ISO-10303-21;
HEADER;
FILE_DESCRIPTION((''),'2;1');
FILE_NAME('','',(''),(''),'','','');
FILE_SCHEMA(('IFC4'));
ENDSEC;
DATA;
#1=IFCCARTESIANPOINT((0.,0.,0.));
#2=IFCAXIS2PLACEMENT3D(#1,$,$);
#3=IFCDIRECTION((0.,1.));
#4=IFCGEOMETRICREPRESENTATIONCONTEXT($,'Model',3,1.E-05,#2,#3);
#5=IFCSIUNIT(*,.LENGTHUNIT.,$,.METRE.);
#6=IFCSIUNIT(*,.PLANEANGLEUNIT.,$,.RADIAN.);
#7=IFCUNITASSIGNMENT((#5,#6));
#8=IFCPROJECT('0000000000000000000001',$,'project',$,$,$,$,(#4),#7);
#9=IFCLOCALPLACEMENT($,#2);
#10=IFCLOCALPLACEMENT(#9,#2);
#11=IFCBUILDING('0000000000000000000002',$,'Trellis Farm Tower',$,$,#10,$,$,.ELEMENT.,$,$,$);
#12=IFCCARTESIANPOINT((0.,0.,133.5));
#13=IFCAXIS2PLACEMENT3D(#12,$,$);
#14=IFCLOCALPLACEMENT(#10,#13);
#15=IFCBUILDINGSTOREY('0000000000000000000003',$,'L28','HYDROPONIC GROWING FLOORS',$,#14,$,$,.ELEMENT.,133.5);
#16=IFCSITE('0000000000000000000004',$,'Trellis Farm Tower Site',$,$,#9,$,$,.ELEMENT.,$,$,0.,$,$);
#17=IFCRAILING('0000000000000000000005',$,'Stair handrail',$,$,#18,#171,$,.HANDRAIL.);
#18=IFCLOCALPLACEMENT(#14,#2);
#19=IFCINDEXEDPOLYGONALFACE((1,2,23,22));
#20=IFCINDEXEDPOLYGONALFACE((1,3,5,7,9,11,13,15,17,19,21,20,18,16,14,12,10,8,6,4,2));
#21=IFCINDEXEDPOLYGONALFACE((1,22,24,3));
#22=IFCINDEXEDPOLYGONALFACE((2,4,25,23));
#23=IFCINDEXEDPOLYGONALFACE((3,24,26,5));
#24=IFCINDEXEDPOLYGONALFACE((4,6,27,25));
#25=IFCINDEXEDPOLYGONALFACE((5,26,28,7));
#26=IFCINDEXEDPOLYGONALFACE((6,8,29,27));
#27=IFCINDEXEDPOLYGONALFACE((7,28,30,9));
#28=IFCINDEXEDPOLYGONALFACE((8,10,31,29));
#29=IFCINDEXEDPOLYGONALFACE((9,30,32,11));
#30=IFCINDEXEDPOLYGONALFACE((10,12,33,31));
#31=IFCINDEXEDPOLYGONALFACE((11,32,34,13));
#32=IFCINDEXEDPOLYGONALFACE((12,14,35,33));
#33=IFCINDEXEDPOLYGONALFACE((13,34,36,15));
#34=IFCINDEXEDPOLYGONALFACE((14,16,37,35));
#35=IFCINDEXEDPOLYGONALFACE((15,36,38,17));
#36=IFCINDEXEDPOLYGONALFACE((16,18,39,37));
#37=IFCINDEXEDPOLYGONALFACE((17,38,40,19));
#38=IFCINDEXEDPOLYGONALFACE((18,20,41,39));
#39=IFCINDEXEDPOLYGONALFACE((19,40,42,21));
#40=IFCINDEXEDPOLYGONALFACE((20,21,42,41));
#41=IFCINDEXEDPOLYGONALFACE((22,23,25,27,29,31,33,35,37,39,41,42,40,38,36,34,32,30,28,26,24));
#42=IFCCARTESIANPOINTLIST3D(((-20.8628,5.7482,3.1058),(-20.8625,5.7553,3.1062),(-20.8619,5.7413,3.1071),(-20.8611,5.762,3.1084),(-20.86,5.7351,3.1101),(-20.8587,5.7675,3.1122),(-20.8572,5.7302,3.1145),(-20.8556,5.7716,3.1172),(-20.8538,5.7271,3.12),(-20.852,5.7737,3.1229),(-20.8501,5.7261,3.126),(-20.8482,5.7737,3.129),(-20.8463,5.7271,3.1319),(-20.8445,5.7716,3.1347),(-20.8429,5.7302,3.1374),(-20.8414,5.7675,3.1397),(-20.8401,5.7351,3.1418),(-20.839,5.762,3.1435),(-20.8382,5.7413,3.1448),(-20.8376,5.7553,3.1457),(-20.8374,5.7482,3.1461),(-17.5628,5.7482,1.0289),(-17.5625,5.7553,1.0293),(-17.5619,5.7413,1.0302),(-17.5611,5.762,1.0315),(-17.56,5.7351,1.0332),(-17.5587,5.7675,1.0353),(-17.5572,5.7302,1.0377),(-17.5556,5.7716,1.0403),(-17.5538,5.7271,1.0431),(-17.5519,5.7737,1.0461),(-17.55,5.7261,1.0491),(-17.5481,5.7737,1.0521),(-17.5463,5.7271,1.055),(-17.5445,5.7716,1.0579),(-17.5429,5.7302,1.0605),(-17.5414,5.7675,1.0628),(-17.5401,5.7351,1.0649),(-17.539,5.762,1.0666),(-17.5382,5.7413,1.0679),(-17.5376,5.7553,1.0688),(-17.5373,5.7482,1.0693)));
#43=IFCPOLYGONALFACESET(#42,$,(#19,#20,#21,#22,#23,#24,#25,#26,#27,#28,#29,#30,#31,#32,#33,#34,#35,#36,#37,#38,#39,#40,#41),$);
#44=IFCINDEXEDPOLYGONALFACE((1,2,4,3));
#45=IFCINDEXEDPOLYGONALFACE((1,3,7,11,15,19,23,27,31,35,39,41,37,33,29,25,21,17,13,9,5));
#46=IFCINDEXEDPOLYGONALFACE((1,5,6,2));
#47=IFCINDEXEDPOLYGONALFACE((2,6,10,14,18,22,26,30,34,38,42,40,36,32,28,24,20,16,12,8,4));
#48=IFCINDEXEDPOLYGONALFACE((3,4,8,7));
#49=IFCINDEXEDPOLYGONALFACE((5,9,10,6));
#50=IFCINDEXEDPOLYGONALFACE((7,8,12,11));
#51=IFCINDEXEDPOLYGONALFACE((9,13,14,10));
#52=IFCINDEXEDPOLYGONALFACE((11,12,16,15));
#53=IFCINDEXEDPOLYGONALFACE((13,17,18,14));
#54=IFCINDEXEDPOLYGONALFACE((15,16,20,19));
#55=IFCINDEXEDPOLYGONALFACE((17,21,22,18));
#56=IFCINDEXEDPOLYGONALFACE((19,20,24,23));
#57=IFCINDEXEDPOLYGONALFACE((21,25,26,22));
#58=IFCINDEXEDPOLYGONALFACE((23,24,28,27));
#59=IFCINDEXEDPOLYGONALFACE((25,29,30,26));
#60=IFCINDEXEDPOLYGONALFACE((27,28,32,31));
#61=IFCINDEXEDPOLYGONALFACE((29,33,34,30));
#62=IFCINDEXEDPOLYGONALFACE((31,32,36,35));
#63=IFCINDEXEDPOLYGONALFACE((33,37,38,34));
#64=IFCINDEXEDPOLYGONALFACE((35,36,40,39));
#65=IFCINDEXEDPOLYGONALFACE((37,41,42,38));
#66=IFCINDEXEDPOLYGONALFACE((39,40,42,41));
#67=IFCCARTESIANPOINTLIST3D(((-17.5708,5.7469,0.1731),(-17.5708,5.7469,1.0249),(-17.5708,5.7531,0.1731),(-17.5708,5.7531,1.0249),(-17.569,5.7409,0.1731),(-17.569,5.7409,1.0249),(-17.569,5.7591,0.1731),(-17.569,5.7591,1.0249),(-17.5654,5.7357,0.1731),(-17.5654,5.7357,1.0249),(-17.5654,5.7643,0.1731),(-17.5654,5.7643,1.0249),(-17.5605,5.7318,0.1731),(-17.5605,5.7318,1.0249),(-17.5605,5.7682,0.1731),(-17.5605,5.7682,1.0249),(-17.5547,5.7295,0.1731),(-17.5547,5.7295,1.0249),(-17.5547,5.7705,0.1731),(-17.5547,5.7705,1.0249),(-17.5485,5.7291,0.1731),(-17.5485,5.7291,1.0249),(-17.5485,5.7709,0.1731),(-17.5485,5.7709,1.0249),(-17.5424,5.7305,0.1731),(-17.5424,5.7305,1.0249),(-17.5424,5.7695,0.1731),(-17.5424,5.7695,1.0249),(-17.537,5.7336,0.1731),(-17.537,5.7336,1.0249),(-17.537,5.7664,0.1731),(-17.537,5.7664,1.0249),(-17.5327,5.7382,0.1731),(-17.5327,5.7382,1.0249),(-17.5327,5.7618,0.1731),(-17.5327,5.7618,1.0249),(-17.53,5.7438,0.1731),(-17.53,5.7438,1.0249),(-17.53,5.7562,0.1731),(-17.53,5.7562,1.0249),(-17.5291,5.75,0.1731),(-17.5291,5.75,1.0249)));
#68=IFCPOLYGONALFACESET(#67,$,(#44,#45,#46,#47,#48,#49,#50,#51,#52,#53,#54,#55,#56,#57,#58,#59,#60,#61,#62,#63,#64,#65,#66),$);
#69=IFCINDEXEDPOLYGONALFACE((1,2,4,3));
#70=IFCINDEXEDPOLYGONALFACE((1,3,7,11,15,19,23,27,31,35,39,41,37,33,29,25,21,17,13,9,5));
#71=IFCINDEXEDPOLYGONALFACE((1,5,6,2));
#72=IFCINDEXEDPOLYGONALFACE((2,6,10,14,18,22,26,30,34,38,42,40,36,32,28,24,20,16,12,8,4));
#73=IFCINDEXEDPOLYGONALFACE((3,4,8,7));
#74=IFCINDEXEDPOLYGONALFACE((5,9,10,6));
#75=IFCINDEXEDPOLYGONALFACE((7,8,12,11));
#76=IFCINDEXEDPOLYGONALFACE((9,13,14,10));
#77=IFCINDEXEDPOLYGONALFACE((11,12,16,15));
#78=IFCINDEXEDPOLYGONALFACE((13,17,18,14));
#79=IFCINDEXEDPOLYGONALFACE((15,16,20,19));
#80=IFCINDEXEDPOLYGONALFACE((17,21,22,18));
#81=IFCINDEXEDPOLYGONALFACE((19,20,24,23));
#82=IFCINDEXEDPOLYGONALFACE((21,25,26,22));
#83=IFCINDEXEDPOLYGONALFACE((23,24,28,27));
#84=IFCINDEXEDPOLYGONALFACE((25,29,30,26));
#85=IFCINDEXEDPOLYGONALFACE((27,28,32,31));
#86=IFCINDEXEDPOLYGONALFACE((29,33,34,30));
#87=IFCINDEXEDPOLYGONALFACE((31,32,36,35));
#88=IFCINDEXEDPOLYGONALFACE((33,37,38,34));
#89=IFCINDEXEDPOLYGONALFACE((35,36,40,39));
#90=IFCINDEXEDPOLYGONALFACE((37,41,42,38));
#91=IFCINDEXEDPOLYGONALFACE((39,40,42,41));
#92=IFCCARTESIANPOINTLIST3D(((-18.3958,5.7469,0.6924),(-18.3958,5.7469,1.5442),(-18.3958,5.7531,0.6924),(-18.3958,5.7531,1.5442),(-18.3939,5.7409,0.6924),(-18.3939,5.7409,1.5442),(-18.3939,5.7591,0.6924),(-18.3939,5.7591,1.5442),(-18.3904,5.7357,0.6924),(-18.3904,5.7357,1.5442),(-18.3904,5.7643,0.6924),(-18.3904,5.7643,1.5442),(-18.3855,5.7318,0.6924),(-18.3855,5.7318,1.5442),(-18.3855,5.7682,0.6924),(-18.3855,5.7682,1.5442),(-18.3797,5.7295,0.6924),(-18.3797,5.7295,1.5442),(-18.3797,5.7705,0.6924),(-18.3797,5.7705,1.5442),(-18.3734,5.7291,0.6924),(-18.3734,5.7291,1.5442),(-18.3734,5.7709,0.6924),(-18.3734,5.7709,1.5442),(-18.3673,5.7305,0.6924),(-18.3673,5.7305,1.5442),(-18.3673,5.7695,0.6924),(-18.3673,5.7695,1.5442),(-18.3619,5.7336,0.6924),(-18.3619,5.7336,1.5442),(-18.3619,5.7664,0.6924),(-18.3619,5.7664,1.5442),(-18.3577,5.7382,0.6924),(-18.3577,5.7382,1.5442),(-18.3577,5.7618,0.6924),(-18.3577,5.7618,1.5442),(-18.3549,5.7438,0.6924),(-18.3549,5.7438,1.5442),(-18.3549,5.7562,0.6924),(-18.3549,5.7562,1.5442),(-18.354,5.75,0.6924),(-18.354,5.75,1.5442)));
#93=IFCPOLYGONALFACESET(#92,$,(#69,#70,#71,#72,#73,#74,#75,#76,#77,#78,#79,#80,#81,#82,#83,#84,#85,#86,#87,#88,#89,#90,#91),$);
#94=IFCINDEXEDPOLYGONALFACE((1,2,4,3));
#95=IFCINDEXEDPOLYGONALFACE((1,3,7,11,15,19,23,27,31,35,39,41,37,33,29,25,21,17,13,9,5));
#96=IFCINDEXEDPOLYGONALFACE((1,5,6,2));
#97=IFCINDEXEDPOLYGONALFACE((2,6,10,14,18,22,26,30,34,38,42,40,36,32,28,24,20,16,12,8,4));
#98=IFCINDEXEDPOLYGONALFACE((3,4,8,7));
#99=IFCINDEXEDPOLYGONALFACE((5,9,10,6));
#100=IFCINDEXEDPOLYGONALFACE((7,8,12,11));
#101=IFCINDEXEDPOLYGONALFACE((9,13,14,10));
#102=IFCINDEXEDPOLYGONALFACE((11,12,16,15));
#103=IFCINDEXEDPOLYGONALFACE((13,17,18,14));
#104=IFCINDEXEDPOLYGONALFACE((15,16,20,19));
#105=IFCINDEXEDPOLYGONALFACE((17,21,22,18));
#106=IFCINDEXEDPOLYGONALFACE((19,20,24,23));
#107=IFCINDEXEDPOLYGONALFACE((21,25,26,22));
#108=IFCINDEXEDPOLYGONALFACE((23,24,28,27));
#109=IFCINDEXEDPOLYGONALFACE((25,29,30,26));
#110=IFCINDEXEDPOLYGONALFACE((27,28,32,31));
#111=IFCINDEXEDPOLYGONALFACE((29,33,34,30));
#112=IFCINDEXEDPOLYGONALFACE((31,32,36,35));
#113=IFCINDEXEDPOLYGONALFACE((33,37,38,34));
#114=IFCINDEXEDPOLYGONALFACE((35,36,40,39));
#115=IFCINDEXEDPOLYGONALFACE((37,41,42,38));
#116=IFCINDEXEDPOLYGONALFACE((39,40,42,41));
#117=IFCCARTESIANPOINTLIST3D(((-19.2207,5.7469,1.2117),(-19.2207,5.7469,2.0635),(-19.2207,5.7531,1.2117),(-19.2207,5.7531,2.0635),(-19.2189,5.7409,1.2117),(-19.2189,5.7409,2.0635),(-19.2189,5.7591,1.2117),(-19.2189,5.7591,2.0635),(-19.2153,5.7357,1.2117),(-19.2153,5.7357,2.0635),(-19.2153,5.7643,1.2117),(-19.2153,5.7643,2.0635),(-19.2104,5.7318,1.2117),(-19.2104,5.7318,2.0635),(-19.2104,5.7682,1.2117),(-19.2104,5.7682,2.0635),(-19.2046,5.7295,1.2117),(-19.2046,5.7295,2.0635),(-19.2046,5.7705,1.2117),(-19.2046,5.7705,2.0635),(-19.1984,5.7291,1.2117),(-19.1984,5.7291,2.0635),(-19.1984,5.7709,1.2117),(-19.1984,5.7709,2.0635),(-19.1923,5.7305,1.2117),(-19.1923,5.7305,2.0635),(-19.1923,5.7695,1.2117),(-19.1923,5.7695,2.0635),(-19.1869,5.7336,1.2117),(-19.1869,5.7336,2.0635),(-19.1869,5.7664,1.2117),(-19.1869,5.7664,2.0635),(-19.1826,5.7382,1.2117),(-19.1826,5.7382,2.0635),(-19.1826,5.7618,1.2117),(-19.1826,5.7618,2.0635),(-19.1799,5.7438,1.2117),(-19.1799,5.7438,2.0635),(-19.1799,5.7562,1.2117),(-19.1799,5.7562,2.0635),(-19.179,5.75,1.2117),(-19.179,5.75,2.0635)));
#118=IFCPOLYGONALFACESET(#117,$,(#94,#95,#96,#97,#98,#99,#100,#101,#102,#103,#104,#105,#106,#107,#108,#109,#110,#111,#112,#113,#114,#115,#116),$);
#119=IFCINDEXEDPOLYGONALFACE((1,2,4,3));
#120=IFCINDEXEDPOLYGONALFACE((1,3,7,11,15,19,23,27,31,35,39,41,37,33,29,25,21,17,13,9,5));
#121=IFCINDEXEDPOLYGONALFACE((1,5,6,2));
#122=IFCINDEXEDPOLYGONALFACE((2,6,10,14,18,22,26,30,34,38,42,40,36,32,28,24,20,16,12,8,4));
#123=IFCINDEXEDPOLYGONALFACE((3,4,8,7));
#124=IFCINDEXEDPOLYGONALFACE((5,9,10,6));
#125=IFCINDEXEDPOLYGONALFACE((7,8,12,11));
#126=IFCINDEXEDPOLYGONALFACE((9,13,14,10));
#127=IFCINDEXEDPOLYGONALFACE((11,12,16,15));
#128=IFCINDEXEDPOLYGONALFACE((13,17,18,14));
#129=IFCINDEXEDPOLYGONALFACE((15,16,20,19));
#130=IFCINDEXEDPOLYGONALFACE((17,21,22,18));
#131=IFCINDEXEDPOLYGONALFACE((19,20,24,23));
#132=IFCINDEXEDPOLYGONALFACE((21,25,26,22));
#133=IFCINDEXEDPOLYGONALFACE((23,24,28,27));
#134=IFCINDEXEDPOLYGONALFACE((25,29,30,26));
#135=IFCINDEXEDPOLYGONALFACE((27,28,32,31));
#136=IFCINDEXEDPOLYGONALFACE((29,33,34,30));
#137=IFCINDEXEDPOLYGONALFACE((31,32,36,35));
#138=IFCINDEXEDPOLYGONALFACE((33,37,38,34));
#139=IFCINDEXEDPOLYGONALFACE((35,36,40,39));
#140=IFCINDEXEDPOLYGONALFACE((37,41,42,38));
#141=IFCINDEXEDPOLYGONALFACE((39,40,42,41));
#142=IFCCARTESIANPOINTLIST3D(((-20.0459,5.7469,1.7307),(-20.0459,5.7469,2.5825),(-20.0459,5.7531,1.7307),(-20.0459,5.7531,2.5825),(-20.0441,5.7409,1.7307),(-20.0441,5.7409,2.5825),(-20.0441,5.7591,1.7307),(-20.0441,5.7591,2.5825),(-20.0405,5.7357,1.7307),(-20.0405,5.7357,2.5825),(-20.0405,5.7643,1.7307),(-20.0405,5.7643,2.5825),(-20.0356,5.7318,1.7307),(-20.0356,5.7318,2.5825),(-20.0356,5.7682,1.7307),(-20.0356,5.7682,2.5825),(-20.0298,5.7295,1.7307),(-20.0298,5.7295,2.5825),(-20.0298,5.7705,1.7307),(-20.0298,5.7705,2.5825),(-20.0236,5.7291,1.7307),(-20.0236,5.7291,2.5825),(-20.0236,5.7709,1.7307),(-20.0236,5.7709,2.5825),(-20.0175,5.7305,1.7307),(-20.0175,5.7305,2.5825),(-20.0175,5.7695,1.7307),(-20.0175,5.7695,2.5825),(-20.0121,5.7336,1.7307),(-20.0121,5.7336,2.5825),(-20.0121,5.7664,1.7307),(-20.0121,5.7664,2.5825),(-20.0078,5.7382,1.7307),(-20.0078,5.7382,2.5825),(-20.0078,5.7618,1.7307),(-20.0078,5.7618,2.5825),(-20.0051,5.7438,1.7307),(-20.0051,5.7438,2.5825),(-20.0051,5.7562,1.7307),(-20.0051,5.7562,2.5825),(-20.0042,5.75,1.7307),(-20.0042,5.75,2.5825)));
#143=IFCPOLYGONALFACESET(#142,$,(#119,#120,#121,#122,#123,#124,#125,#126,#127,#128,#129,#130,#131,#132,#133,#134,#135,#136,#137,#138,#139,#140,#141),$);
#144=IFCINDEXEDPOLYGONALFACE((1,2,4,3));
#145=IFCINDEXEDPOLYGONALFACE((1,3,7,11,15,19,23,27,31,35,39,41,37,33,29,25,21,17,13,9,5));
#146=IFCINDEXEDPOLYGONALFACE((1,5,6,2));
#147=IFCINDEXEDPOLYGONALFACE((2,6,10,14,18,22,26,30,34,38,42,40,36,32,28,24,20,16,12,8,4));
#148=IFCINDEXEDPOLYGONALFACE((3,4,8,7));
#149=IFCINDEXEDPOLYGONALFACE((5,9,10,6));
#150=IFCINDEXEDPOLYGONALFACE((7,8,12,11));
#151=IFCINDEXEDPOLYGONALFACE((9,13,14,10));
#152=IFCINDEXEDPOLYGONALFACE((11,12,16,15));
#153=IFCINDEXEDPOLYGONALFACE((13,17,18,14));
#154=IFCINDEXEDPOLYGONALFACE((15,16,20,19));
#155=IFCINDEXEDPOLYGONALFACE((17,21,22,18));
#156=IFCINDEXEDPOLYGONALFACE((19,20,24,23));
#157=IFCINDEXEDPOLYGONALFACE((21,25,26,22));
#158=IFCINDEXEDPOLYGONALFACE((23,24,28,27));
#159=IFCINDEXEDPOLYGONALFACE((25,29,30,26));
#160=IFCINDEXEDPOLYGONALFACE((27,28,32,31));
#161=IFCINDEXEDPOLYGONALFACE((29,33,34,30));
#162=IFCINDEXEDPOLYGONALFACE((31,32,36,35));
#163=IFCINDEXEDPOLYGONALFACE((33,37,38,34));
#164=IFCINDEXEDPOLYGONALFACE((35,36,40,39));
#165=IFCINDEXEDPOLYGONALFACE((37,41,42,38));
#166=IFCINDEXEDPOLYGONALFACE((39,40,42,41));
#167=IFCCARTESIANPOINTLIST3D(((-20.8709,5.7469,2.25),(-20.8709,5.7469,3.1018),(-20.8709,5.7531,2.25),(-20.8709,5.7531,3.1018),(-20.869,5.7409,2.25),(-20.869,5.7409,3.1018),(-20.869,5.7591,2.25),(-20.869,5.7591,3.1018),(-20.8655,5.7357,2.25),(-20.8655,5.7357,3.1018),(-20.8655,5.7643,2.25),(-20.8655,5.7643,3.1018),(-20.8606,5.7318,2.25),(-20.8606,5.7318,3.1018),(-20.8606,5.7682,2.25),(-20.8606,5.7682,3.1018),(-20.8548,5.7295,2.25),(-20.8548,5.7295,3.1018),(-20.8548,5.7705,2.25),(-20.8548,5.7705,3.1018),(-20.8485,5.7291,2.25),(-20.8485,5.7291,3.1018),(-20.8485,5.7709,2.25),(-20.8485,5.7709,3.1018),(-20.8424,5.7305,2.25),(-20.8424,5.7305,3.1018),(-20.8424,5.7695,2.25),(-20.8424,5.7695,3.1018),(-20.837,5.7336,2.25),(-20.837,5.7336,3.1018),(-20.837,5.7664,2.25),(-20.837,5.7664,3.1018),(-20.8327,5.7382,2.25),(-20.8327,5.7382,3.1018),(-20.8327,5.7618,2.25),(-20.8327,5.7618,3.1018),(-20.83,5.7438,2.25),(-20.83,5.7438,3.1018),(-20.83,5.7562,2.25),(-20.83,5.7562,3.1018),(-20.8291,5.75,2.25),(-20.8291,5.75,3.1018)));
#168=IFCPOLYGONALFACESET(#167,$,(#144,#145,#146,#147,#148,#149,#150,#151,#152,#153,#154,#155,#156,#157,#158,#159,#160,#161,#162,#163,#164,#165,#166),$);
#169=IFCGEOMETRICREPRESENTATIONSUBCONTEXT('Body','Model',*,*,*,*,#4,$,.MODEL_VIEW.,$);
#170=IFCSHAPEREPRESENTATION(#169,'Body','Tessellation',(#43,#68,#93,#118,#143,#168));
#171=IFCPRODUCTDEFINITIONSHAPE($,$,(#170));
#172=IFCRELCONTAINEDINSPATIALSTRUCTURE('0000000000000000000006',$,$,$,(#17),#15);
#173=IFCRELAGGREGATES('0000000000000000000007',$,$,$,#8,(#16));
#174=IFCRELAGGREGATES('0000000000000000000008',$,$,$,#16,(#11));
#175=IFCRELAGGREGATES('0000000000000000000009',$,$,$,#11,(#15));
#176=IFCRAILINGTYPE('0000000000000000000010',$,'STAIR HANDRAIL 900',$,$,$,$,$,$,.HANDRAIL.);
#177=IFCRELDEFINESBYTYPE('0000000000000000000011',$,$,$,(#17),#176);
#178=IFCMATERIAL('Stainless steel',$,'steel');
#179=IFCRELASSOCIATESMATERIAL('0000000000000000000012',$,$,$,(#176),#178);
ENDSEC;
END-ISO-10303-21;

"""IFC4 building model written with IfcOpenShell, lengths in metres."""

from ifc_helpers import new_model, si_unit, direction, frame, origin, origin_2d, place, context, subcontext, project, spatial, circle, extrude, source, transform, mapped, material, type_object, element, save


model = new_model("IFC4")

# Units and contexts
model_context = context("Model", 3, precision=1e-05, world=origin(), true_north=direction((0.0, 1.0)))
body_context = subcontext(model_context, "Body", "Model", "MODEL_VIEW")
ifc_project = project(units=[si_unit("LENGTHUNIT", "METRE"), si_unit("PLANEANGLEUNIT", "RADIAN")], contexts=[model_context])

# Site, building, storey
site_placement = place(None, origin())
site = spatial("IfcSite", under=ifc_project, at=site_placement, Name="Trellis Farm Tower Site", CompositionType="ELEMENT", RefElevation=0.0)
building_placement = place(site_placement, origin())
building = spatial("IfcBuilding", under=site, at=building_placement, Name="Trellis Farm Tower", CompositionType="ELEMENT")
storey_placement = place(building_placement, frame((0.0, 0.0, 133.5)))
storey = spatial("IfcBuildingStorey", under=building, at=storey_placement, Name="L28", Description="HYDROPONIC GROWING FLOORS", CompositionType="ELEMENT", Elevation=133.5)

# Railing
ifc_material_1 = material(Name="Stainless steel", Category="steel")
railing_type = type_object("IfcRailingType", Name="STAIR HANDRAIL 900", PredefinedType="HANDRAIL", material=ifc_material_1)
shared_shape_1 = source(origin(), body_context, "Body", "SweptSolid", [
    extrude(circle(Radius=0.0239, at=origin_2d()), frame((0.0, 0.0, 0.876), z_axis=(-0.846337, 0.0, 0.532647), x_axis=(0.0, -1.0, 0.0)), (0.0, 0.0, 1.0), 3.8992),
    extrude(circle(Radius=0.021, at=origin_2d()), origin(), (0.0, 0.0, 1.0), 0.8518),
    extrude(circle(Radius=0.021, at=origin_2d()), frame((-0.825, 0.0, 0.5193)), (0.0, 0.0, 1.0), 0.8518),
    extrude(circle(Radius=0.021, at=origin_2d()), frame((-1.6499, 0.0, 1.0386)), (0.0, 0.0, 1.0), 0.8518),
    extrude(circle(Radius=0.021, at=origin_2d()), frame((-2.4751, 0.0, 1.5576)), (0.0, 0.0, 1.0), 0.8518),
    extrude(circle(Radius=0.021, at=origin_2d()), frame((-3.3, 0.0, 2.0769)), (0.0, 0.0, 1.0), 0.8518),
])
for number, where, name in (
    (1, (-17.55, 5.75, 0.1731), "Stair handrail"),
):
    element("IfcRailing", number, at=place(storey_placement, frame(where)), inside=storey, type_object=railing_type, Name=name, PredefinedType="HANDRAIL", context=body_context, shape_type="MappedRepresentation", body=[
        mapped(shared_shape_1, transform((0.0, 0.0, 0.0))),
    ])

save(model, "model.ifc")
